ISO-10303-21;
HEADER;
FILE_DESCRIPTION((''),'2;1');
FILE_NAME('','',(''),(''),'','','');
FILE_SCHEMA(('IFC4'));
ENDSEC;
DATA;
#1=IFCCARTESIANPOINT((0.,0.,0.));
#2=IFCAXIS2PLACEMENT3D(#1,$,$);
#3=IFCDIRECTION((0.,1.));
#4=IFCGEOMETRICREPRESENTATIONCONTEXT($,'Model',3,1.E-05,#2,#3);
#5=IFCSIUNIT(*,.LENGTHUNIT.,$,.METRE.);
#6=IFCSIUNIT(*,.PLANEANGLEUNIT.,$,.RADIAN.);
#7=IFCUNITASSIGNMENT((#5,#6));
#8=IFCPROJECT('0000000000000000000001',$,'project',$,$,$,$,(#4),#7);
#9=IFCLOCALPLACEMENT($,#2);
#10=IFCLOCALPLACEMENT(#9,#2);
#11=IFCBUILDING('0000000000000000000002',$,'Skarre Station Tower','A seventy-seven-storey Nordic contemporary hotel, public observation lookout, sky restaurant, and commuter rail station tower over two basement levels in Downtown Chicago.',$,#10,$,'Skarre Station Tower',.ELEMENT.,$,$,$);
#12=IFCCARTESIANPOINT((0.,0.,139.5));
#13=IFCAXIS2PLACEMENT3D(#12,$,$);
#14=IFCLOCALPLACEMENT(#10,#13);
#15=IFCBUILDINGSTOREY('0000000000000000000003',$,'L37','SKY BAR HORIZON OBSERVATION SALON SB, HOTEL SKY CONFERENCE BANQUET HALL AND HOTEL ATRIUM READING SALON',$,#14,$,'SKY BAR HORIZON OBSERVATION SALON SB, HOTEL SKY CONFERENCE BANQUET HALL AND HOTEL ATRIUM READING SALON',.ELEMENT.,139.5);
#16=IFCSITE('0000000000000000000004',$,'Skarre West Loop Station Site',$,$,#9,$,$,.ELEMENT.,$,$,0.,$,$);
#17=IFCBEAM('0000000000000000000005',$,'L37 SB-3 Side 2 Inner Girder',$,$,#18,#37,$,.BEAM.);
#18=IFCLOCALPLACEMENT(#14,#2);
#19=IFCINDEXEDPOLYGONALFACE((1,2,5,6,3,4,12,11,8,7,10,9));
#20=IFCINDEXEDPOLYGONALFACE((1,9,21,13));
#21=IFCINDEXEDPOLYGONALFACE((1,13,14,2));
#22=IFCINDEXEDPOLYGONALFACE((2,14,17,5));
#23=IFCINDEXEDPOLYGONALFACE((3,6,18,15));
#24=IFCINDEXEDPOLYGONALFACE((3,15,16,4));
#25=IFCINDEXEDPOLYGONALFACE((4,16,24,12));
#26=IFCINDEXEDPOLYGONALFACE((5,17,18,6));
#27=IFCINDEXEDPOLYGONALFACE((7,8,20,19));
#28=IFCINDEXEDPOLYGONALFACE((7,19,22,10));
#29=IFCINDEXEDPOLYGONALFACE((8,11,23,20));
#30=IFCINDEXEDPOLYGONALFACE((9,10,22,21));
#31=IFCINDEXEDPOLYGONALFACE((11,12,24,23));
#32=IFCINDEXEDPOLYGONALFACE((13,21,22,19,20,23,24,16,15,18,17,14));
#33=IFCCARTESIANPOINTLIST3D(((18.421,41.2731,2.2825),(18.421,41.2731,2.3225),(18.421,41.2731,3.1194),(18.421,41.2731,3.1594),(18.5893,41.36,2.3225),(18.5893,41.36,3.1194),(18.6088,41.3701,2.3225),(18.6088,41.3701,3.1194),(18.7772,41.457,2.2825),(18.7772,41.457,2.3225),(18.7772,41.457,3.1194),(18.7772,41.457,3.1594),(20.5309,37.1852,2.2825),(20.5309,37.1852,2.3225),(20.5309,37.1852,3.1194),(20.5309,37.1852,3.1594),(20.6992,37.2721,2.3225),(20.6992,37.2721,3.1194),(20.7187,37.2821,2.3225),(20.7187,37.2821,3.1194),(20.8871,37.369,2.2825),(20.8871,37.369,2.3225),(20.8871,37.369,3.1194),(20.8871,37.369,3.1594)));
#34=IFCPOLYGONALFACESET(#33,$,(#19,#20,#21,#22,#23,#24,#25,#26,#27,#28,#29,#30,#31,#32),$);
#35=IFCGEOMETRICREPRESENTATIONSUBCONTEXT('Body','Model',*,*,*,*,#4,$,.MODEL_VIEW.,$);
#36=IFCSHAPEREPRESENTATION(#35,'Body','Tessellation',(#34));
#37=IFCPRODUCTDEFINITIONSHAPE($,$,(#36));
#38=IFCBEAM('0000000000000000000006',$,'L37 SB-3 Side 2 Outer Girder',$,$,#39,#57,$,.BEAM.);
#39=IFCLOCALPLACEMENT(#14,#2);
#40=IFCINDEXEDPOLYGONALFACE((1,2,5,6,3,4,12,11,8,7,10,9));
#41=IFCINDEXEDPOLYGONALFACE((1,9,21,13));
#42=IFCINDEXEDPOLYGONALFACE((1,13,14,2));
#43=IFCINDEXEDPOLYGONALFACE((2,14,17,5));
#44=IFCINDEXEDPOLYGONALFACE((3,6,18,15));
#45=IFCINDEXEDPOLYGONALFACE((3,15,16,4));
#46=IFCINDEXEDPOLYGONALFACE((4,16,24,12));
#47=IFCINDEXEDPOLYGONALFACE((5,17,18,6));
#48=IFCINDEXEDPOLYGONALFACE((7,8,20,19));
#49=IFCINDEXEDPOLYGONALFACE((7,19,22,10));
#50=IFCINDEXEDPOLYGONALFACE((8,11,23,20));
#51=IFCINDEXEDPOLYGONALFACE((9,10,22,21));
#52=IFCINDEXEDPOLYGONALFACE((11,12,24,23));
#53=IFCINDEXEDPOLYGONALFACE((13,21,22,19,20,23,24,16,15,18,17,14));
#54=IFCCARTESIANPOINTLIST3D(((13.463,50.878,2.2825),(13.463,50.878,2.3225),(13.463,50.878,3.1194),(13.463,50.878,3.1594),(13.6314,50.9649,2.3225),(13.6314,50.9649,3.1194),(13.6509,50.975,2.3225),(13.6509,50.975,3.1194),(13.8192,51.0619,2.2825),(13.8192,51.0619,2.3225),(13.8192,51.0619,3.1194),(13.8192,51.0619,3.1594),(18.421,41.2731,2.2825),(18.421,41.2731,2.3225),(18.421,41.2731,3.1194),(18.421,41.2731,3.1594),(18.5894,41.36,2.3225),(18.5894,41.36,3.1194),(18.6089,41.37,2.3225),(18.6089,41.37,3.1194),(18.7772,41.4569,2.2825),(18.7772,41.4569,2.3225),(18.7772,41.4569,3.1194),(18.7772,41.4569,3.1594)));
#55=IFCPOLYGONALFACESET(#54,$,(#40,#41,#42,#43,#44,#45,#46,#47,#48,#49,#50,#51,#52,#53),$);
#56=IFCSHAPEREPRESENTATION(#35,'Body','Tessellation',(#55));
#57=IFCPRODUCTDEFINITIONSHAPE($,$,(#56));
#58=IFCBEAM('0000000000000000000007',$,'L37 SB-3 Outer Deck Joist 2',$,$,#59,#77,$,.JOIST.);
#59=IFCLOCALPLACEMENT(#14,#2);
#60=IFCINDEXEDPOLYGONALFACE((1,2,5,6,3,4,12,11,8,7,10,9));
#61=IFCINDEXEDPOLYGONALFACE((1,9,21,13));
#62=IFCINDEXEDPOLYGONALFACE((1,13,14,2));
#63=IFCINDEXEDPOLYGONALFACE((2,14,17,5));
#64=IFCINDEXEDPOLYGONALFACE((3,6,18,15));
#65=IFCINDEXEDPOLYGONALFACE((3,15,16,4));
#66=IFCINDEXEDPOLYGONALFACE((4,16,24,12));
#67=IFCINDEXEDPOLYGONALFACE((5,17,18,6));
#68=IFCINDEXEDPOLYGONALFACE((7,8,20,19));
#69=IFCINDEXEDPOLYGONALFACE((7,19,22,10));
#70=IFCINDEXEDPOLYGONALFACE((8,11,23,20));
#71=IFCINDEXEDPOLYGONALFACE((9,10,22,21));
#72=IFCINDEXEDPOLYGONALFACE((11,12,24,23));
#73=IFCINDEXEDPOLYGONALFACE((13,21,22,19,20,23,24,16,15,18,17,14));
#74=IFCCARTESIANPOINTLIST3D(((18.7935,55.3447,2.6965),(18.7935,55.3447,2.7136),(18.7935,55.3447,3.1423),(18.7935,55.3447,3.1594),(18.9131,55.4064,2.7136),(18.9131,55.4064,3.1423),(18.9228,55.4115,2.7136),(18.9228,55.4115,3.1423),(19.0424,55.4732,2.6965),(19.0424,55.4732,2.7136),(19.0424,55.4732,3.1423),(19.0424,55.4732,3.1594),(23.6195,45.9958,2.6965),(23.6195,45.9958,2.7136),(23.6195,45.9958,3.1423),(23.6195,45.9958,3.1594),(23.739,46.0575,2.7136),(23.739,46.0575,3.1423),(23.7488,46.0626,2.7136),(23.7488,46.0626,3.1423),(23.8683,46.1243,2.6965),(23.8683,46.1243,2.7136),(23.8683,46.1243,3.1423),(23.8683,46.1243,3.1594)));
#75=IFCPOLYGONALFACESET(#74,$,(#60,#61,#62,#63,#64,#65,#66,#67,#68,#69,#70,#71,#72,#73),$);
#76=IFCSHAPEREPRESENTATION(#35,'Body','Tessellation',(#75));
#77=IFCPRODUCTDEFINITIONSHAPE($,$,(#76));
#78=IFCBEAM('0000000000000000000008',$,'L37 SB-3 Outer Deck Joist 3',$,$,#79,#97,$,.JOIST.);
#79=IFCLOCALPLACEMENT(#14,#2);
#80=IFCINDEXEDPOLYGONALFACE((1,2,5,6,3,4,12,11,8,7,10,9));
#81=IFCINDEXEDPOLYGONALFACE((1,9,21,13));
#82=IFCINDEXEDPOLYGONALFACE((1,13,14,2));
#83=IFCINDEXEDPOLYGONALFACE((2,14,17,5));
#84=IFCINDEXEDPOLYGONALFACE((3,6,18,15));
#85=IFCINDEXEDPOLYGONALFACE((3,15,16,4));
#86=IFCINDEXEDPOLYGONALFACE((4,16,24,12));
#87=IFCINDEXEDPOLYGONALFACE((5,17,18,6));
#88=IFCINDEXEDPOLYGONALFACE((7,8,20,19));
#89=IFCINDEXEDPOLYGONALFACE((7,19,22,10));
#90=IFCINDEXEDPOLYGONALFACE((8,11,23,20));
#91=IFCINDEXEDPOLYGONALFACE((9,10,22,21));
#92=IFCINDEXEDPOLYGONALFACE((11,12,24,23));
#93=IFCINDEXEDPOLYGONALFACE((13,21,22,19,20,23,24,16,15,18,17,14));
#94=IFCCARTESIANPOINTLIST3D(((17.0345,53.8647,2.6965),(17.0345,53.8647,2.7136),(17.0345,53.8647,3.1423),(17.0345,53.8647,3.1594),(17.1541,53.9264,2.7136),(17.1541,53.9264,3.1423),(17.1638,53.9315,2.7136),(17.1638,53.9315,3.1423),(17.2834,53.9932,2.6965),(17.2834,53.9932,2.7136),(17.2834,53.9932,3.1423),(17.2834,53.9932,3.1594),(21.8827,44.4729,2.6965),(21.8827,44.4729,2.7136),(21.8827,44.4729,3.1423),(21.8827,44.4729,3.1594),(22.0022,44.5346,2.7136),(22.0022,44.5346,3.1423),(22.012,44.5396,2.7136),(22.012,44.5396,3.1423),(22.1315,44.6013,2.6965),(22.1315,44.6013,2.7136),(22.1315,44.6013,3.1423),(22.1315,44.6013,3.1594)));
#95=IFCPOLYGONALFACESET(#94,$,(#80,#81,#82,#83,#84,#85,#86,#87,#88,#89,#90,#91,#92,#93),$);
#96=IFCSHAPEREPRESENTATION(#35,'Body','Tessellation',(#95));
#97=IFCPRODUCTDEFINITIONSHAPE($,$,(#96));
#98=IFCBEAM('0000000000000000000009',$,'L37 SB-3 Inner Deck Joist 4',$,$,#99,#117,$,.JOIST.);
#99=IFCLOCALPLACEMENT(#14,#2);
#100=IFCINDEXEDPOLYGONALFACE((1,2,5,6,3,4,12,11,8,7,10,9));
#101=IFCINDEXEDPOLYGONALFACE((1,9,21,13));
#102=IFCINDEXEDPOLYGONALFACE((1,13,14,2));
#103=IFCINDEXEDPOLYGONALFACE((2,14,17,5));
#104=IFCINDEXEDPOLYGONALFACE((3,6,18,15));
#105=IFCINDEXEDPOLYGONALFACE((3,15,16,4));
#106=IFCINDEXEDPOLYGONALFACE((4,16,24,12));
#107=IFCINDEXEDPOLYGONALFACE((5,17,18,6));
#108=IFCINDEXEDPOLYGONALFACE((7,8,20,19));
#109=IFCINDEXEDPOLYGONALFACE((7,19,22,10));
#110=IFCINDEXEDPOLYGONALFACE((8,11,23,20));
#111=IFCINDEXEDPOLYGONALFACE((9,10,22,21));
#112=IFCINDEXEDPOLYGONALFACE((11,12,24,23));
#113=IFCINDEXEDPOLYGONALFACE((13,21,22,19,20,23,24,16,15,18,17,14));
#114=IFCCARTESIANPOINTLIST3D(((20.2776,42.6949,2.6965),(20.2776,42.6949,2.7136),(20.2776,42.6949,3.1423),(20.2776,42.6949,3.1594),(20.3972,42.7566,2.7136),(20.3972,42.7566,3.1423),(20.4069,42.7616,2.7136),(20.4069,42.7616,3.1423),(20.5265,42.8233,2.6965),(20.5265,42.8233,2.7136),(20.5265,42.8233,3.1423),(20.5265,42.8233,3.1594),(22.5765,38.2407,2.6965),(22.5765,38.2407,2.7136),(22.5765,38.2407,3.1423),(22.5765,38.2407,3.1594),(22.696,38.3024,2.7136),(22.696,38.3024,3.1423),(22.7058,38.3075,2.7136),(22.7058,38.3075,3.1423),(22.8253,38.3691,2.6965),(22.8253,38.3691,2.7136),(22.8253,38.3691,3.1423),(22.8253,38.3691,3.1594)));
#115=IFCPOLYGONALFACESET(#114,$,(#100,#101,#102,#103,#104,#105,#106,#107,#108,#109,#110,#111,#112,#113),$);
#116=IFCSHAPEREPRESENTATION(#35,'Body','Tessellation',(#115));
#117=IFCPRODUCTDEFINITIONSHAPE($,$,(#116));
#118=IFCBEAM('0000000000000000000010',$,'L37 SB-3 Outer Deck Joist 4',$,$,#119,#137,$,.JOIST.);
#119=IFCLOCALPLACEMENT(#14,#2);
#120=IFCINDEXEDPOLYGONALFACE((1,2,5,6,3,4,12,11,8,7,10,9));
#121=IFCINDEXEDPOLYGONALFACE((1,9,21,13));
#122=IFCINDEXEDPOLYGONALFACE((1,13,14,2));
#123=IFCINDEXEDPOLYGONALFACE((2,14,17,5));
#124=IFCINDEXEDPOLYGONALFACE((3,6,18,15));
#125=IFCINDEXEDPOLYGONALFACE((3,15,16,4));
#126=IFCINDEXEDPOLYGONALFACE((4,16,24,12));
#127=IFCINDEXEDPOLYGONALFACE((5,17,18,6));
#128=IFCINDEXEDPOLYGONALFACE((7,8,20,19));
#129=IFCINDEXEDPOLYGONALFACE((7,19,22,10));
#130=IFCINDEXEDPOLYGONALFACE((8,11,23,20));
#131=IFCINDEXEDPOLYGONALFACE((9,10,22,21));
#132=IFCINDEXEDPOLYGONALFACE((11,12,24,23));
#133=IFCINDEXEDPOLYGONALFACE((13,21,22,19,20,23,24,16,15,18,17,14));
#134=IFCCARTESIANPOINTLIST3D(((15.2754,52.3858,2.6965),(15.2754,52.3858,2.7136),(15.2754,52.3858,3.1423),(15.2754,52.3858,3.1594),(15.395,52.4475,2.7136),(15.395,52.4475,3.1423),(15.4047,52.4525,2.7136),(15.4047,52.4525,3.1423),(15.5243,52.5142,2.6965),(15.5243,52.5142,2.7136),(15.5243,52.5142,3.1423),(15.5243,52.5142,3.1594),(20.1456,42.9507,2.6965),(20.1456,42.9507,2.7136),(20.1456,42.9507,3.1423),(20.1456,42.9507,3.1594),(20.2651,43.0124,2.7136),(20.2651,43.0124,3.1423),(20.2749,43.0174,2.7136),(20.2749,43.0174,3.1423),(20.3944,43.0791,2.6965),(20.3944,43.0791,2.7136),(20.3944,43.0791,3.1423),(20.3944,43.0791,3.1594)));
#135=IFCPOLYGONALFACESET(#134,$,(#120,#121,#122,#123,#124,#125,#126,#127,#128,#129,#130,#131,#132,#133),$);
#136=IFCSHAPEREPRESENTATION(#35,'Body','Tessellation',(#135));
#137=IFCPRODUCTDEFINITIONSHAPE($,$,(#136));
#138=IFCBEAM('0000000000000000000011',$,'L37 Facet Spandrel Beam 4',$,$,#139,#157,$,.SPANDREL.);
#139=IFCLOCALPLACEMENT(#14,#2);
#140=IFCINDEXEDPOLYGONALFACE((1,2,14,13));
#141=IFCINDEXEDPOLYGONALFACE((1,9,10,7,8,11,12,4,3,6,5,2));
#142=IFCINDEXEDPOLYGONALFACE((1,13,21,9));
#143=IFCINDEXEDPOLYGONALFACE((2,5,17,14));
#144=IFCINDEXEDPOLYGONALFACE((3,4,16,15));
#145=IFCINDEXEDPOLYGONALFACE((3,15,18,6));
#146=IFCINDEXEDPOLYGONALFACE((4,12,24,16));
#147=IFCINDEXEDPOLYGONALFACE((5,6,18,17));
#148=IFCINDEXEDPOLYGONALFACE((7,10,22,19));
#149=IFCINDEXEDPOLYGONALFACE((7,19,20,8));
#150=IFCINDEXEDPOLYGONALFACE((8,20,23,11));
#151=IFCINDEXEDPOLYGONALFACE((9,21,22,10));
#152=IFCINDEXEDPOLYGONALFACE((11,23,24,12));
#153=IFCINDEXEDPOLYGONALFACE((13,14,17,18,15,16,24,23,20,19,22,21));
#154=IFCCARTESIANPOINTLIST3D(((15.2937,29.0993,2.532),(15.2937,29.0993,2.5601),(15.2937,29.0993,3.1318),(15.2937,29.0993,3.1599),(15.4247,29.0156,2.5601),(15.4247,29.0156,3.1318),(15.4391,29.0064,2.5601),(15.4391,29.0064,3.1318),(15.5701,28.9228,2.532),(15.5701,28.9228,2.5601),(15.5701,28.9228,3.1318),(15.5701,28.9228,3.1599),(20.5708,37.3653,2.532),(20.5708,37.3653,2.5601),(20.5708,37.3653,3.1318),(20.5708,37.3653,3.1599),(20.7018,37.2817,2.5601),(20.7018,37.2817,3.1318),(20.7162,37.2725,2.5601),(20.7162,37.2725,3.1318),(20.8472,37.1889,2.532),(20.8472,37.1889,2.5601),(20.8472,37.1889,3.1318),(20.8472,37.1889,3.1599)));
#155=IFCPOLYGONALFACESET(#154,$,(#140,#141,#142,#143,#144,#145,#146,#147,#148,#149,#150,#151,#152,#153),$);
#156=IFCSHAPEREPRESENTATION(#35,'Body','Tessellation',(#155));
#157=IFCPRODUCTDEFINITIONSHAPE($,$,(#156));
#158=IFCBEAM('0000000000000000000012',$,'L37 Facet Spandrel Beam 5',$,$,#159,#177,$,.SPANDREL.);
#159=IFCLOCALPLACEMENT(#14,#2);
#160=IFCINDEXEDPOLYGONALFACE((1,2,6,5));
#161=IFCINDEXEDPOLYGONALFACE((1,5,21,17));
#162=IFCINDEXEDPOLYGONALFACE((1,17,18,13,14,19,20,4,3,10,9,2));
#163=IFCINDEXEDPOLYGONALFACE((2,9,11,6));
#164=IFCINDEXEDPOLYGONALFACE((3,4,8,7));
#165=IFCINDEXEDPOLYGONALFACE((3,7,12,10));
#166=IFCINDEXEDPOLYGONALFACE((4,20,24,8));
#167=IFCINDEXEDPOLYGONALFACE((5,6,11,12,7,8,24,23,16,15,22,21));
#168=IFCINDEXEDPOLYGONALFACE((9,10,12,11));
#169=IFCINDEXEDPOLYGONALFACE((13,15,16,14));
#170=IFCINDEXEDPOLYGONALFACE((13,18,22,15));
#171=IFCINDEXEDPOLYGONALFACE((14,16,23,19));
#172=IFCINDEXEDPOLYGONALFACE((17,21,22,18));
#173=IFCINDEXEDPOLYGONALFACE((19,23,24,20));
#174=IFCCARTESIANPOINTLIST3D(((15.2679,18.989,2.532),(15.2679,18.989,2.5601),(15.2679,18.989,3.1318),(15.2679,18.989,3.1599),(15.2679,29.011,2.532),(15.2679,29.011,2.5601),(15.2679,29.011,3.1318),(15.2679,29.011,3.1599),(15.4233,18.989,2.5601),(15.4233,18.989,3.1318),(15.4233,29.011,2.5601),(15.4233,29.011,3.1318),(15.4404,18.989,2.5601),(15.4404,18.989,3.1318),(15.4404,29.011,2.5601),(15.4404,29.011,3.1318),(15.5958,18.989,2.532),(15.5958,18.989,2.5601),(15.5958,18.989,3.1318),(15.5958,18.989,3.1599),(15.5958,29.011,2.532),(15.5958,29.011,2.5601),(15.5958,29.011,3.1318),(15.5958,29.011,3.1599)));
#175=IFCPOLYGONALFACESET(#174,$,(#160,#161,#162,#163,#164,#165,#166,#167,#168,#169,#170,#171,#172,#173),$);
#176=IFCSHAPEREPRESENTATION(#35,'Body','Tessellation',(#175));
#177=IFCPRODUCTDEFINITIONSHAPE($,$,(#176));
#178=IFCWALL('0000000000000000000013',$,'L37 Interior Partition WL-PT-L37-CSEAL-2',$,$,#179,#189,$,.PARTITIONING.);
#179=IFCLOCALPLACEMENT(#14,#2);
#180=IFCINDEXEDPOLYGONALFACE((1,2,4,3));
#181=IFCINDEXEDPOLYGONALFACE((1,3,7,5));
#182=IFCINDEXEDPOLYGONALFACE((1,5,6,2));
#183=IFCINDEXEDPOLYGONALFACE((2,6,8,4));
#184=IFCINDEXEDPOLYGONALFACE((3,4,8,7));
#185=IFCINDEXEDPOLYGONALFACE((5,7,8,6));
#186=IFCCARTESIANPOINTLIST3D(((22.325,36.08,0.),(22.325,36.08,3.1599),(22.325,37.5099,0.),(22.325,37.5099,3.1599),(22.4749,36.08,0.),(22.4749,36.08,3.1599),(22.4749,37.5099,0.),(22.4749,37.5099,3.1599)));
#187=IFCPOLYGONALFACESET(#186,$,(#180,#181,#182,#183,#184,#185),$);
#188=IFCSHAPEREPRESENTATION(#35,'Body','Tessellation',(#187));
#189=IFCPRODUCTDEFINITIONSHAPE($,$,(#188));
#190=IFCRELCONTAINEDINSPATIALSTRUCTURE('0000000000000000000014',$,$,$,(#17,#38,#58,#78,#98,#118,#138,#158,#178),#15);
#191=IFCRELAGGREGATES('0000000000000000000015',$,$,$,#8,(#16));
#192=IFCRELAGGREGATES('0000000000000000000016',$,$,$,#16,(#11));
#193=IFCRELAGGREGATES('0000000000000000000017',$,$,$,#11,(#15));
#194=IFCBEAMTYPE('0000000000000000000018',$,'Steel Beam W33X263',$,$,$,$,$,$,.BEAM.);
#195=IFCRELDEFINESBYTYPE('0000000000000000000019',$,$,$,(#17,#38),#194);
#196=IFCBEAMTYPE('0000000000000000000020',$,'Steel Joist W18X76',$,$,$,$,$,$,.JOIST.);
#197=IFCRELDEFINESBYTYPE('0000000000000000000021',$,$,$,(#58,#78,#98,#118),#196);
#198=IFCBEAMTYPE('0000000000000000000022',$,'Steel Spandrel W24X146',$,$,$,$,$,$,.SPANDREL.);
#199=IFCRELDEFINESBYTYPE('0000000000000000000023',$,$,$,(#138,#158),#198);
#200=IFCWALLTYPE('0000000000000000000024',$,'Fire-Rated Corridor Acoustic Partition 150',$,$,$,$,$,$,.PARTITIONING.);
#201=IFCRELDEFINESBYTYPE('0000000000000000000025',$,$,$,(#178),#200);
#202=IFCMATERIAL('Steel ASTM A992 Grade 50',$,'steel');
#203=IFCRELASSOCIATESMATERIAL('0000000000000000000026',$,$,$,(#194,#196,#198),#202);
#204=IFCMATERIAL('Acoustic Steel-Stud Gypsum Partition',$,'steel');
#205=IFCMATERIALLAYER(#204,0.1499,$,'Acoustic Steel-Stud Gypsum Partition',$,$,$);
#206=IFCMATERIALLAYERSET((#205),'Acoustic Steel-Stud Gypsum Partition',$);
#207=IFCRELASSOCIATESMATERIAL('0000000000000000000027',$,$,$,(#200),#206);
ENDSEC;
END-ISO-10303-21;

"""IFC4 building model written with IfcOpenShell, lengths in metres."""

from ifc_helpers import new_model, si_unit, direction, frame, frame_2d, origin, origin_2d, place, context, subcontext, project, spatial, rectangle, i_section, extrude, material, layer, layer_set, material_profile, profile_set, type_object, element, save


model = new_model("IFC4")

# Units and contexts
model_context = context("Model", 3, precision=1e-05, world=origin(), true_north=direction((0.0, 1.0)))
body_context = subcontext(model_context, "Body", "Model", "MODEL_VIEW")
ifc_project = project(units=[si_unit("LENGTHUNIT", "METRE"), si_unit("PLANEANGLEUNIT", "RADIAN")], contexts=[model_context])

# Site, building, storey
site_placement = place(None, origin())
site = spatial("IfcSite", under=ifc_project, at=site_placement, Name="Skarre West Loop Station Site", CompositionType="ELEMENT", RefElevation=0.0)
building_placement = place(site_placement, origin())
building = spatial("IfcBuilding", under=site, at=building_placement, Name="Skarre Station Tower", Description="A seventy-seven-storey Nordic contemporary hotel, public observation lookout, sky restaurant, and commuter rail station tower over two basement levels in Downtown Chicago.", LongName="Skarre Station Tower", CompositionType="ELEMENT")
storey_placement = place(building_placement, frame((0.0, 0.0, 139.5)))
storey = spatial("IfcBuildingStorey", under=building, at=storey_placement, Name="L37", Description="SKY BAR HORIZON OBSERVATION SALON SB, HOTEL SKY CONFERENCE BANQUET HALL AND HOTEL ATRIUM READING SALON", LongName="SKY BAR HORIZON OBSERVATION SALON SB, HOTEL SKY CONFERENCE BANQUET HALL AND HOTEL ATRIUM READING SALON", CompositionType="ELEMENT", Elevation=139.5)

# Beams
ifc_material_1 = material(Name="Steel ASTM A992 Grade 50", Category="steel")
ifc_material_profile_1 = material_profile(ifc_material_1, i_section(OverallWidth=0.4009, OverallDepth=0.877, WebThickness=0.022, FlangeThickness=0.04, at=origin_2d()), Name="Steel ASTM A992 Grade 50")
ifc_profile_set_1 = profile_set([ifc_material_profile_1], Name="Steel ASTM A992 Grade 50")
beam_type_1 = type_object("IfcBeamType", Name="Steel Beam W33X263", PredefinedType="BEAM", material=ifc_profile_set_1)
beam_1_placement = place(storey_placement, frame((20.709, 37.2771, 2.7209), z_axis=(-0.45864, 0.888622, 0.0), x_axis=(-0.888622, -0.45864, 0.0)))
element("IfcBeam", 1, at=beam_1_placement, inside=storey, type_object=beam_type_1, Name="L37 SB-3 Side 2 Inner Girder", PredefinedType="BEAM", context=body_context, shape_type="SweptSolid", body=[
    extrude(i_section(OverallWidth=0.4009, OverallDepth=0.877, WebThickness=0.022, FlangeThickness=0.04, at=origin_2d()), origin(), (0.0, 0.0, 1.0), 4.6003),
])
beam_2_placement = place(storey_placement, frame((18.5991, 41.365, 2.7209), z_axis=(-0.458687, 0.888598, 0.0), x_axis=(-0.888598, -0.458687, 0.0)))
element("IfcBeam", 2, at=beam_2_placement, inside=storey, type_object=beam_type_1, Name="L37 SB-3 Side 2 Outer Girder", PredefinedType="BEAM", context=body_context, shape_type="SweptSolid", body=[
    extrude(i_section(OverallWidth=0.4009, OverallDepth=0.877, WebThickness=0.022, FlangeThickness=0.04, at=origin_2d()), origin(), (0.0, 0.0, 1.0), 10.8091),
])
ifc_material_profile_2 = material_profile(ifc_material_1, i_section(OverallWidth=0.28, OverallDepth=0.4629, WebThickness=0.011, FlangeThickness=0.0171, at=origin_2d()), Name="Steel ASTM A992 Grade 50")
ifc_profile_set_2 = profile_set([ifc_material_profile_2], Name="Steel ASTM A992 Grade 50")
beam_type_2 = type_object("IfcBeamType", Name="Steel Joist W18X76", PredefinedType="JOIST", material=ifc_profile_set_2)
beam_3_placement = place(storey_placement, frame((23.7439, 46.0601, 2.928), z_axis=(-0.458696, 0.888594, 0.0), x_axis=(-0.888594, -0.458696, 0.0)))
element("IfcBeam", 3, at=beam_3_placement, inside=storey, type_object=beam_type_2, Name="L37 SB-3 Outer Deck Joist 2", PredefinedType="JOIST", context=body_context, shape_type="SweptSolid", body=[
    extrude(i_section(OverallWidth=0.28, OverallDepth=0.4629, WebThickness=0.011, FlangeThickness=0.0171, at=origin_2d()), origin(), (0.0, 0.0, 1.0), 10.521),
])
beam_4_placement = place(storey_placement, frame((22.0071, 44.5371, 2.928), z_axis=(-0.458698, 0.888592, 0.0), x_axis=(-0.888592, -0.458698, 0.0)))
element("IfcBeam", 4, at=beam_4_placement, inside=storey, type_object=beam_type_2, Name="L37 SB-3 Outer Deck Joist 3", PredefinedType="JOIST", context=body_context, shape_type="SweptSolid", body=[
    extrude(i_section(OverallWidth=0.28, OverallDepth=0.4629, WebThickness=0.011, FlangeThickness=0.0171, at=origin_2d()), origin(), (0.0, 0.0, 1.0), 10.5693),
])
beam_5_placement = place(storey_placement, frame((22.7009, 38.3049, 2.928), z_axis=(-0.458633, 0.888626, 0.0), x_axis=(-0.888626, -0.458633, 0.0)))
element("IfcBeam", 5, at=beam_5_placement, inside=storey, type_object=beam_type_2, Name="L37 SB-3 Inner Deck Joist 4", PredefinedType="JOIST", context=body_context, shape_type="SweptSolid", body=[
    extrude(i_section(OverallWidth=0.28, OverallDepth=0.4629, WebThickness=0.011, FlangeThickness=0.0171, at=origin_2d()), origin(), (0.0, 0.0, 1.0), 5.0125),
])
beam_6_placement = place(storey_placement, frame((20.27, 43.0149, 2.928), z_axis=(-0.458673, 0.888605, 0.0), x_axis=(-0.888605, -0.458673, 0.0)))
element("IfcBeam", 6, at=beam_6_placement, inside=storey, type_object=beam_type_2, Name="L37 SB-3 Outer Deck Joist 4", PredefinedType="JOIST", context=body_context, shape_type="SweptSolid", body=[
    extrude(i_section(OverallWidth=0.28, OverallDepth=0.4629, WebThickness=0.011, FlangeThickness=0.0171, at=origin_2d()), origin(), (0.0, 0.0, 1.0), 10.6179),
])
ifc_material_profile_3 = material_profile(ifc_material_1, i_section(OverallWidth=0.3279, OverallDepth=0.6279, WebThickness=0.0171, FlangeThickness=0.0281, at=origin_2d()), Name="Steel ASTM A992 Grade 50")
ifc_profile_set_3 = profile_set([ifc_material_profile_3], Name="Steel ASTM A992 Grade 50")
beam_type_3 = type_object("IfcBeamType", Name="Steel Spandrel W24X146", PredefinedType="SPANDREL", material=ifc_profile_set_3)
beam_7_placement = place(storey_placement, frame((20.709, 37.2771, 2.8459), z_axis=(-0.538098, -0.842883, 0.0), x_axis=(0.842883, -0.538098, 0.0)))
element("IfcBeam", 7, at=beam_7_placement, inside=storey, type_object=beam_type_3, Name="L37 Facet Spandrel Beam 4", PredefinedType="SPANDREL", context=body_context, shape_type="SweptSolid", body=[
    extrude(i_section(OverallWidth=0.3279, OverallDepth=0.6279, WebThickness=0.0171, FlangeThickness=0.0281, at=origin_2d()), origin(), (0.0, 0.0, 1.0), 9.8069),
])
beam_8_placement = place(storey_placement, frame((15.4319, 29.011, 2.8459), z_axis=(0.0, -1.0, 0.0), x_axis=(1.0, 0.0, 0.0)))
element("IfcBeam", 8, at=beam_8_placement, inside=storey, type_object=beam_type_3, Name="L37 Facet Spandrel Beam 5", PredefinedType="SPANDREL", context=body_context, shape_type="SweptSolid", body=[
    extrude(i_section(OverallWidth=0.3279, OverallDepth=0.6279, WebThickness=0.0171, FlangeThickness=0.0281, at=origin_2d()), origin(), (0.0, 0.0, 1.0), 10.022),
])

# Wall
ifc_material_2 = material(Name="Acoustic Steel-Stud Gypsum Partition", Category="steel")
ifc_layer_1 = layer(ifc_material_2, 0.1499, Name="Acoustic Steel-Stud Gypsum Partition")
ifc_layer_set_1 = layer_set([ifc_layer_1], Name="Acoustic Steel-Stud Gypsum Partition")
wall_type_1 = type_object("IfcWallType", Name="Fire-Rated Corridor Acoustic Partition 150", PredefinedType="PARTITIONING", material=ifc_layer_set_1)
wall_1_placement = place(storey_placement, frame((22.3999, 36.0801, 0.0), z_axis=(0.0, 0.0, 1.0), x_axis=(0.0, 1.0, 0.0)))
element("IfcWall", 9, at=wall_1_placement, inside=storey, type_object=wall_type_1, Name="L37 Interior Partition WL-PT-L37-CSEAL-2", PredefinedType="PARTITIONING", context=body_context, shape_type="SweptSolid", body=[
    extrude(rectangle(XDim=1.4299, YDim=0.1499, at=frame_2d((0.7148, 0.0))), origin(), (0.0, 0.0, 1.0), 3.1599),
])

save(model, "model.ifc")
